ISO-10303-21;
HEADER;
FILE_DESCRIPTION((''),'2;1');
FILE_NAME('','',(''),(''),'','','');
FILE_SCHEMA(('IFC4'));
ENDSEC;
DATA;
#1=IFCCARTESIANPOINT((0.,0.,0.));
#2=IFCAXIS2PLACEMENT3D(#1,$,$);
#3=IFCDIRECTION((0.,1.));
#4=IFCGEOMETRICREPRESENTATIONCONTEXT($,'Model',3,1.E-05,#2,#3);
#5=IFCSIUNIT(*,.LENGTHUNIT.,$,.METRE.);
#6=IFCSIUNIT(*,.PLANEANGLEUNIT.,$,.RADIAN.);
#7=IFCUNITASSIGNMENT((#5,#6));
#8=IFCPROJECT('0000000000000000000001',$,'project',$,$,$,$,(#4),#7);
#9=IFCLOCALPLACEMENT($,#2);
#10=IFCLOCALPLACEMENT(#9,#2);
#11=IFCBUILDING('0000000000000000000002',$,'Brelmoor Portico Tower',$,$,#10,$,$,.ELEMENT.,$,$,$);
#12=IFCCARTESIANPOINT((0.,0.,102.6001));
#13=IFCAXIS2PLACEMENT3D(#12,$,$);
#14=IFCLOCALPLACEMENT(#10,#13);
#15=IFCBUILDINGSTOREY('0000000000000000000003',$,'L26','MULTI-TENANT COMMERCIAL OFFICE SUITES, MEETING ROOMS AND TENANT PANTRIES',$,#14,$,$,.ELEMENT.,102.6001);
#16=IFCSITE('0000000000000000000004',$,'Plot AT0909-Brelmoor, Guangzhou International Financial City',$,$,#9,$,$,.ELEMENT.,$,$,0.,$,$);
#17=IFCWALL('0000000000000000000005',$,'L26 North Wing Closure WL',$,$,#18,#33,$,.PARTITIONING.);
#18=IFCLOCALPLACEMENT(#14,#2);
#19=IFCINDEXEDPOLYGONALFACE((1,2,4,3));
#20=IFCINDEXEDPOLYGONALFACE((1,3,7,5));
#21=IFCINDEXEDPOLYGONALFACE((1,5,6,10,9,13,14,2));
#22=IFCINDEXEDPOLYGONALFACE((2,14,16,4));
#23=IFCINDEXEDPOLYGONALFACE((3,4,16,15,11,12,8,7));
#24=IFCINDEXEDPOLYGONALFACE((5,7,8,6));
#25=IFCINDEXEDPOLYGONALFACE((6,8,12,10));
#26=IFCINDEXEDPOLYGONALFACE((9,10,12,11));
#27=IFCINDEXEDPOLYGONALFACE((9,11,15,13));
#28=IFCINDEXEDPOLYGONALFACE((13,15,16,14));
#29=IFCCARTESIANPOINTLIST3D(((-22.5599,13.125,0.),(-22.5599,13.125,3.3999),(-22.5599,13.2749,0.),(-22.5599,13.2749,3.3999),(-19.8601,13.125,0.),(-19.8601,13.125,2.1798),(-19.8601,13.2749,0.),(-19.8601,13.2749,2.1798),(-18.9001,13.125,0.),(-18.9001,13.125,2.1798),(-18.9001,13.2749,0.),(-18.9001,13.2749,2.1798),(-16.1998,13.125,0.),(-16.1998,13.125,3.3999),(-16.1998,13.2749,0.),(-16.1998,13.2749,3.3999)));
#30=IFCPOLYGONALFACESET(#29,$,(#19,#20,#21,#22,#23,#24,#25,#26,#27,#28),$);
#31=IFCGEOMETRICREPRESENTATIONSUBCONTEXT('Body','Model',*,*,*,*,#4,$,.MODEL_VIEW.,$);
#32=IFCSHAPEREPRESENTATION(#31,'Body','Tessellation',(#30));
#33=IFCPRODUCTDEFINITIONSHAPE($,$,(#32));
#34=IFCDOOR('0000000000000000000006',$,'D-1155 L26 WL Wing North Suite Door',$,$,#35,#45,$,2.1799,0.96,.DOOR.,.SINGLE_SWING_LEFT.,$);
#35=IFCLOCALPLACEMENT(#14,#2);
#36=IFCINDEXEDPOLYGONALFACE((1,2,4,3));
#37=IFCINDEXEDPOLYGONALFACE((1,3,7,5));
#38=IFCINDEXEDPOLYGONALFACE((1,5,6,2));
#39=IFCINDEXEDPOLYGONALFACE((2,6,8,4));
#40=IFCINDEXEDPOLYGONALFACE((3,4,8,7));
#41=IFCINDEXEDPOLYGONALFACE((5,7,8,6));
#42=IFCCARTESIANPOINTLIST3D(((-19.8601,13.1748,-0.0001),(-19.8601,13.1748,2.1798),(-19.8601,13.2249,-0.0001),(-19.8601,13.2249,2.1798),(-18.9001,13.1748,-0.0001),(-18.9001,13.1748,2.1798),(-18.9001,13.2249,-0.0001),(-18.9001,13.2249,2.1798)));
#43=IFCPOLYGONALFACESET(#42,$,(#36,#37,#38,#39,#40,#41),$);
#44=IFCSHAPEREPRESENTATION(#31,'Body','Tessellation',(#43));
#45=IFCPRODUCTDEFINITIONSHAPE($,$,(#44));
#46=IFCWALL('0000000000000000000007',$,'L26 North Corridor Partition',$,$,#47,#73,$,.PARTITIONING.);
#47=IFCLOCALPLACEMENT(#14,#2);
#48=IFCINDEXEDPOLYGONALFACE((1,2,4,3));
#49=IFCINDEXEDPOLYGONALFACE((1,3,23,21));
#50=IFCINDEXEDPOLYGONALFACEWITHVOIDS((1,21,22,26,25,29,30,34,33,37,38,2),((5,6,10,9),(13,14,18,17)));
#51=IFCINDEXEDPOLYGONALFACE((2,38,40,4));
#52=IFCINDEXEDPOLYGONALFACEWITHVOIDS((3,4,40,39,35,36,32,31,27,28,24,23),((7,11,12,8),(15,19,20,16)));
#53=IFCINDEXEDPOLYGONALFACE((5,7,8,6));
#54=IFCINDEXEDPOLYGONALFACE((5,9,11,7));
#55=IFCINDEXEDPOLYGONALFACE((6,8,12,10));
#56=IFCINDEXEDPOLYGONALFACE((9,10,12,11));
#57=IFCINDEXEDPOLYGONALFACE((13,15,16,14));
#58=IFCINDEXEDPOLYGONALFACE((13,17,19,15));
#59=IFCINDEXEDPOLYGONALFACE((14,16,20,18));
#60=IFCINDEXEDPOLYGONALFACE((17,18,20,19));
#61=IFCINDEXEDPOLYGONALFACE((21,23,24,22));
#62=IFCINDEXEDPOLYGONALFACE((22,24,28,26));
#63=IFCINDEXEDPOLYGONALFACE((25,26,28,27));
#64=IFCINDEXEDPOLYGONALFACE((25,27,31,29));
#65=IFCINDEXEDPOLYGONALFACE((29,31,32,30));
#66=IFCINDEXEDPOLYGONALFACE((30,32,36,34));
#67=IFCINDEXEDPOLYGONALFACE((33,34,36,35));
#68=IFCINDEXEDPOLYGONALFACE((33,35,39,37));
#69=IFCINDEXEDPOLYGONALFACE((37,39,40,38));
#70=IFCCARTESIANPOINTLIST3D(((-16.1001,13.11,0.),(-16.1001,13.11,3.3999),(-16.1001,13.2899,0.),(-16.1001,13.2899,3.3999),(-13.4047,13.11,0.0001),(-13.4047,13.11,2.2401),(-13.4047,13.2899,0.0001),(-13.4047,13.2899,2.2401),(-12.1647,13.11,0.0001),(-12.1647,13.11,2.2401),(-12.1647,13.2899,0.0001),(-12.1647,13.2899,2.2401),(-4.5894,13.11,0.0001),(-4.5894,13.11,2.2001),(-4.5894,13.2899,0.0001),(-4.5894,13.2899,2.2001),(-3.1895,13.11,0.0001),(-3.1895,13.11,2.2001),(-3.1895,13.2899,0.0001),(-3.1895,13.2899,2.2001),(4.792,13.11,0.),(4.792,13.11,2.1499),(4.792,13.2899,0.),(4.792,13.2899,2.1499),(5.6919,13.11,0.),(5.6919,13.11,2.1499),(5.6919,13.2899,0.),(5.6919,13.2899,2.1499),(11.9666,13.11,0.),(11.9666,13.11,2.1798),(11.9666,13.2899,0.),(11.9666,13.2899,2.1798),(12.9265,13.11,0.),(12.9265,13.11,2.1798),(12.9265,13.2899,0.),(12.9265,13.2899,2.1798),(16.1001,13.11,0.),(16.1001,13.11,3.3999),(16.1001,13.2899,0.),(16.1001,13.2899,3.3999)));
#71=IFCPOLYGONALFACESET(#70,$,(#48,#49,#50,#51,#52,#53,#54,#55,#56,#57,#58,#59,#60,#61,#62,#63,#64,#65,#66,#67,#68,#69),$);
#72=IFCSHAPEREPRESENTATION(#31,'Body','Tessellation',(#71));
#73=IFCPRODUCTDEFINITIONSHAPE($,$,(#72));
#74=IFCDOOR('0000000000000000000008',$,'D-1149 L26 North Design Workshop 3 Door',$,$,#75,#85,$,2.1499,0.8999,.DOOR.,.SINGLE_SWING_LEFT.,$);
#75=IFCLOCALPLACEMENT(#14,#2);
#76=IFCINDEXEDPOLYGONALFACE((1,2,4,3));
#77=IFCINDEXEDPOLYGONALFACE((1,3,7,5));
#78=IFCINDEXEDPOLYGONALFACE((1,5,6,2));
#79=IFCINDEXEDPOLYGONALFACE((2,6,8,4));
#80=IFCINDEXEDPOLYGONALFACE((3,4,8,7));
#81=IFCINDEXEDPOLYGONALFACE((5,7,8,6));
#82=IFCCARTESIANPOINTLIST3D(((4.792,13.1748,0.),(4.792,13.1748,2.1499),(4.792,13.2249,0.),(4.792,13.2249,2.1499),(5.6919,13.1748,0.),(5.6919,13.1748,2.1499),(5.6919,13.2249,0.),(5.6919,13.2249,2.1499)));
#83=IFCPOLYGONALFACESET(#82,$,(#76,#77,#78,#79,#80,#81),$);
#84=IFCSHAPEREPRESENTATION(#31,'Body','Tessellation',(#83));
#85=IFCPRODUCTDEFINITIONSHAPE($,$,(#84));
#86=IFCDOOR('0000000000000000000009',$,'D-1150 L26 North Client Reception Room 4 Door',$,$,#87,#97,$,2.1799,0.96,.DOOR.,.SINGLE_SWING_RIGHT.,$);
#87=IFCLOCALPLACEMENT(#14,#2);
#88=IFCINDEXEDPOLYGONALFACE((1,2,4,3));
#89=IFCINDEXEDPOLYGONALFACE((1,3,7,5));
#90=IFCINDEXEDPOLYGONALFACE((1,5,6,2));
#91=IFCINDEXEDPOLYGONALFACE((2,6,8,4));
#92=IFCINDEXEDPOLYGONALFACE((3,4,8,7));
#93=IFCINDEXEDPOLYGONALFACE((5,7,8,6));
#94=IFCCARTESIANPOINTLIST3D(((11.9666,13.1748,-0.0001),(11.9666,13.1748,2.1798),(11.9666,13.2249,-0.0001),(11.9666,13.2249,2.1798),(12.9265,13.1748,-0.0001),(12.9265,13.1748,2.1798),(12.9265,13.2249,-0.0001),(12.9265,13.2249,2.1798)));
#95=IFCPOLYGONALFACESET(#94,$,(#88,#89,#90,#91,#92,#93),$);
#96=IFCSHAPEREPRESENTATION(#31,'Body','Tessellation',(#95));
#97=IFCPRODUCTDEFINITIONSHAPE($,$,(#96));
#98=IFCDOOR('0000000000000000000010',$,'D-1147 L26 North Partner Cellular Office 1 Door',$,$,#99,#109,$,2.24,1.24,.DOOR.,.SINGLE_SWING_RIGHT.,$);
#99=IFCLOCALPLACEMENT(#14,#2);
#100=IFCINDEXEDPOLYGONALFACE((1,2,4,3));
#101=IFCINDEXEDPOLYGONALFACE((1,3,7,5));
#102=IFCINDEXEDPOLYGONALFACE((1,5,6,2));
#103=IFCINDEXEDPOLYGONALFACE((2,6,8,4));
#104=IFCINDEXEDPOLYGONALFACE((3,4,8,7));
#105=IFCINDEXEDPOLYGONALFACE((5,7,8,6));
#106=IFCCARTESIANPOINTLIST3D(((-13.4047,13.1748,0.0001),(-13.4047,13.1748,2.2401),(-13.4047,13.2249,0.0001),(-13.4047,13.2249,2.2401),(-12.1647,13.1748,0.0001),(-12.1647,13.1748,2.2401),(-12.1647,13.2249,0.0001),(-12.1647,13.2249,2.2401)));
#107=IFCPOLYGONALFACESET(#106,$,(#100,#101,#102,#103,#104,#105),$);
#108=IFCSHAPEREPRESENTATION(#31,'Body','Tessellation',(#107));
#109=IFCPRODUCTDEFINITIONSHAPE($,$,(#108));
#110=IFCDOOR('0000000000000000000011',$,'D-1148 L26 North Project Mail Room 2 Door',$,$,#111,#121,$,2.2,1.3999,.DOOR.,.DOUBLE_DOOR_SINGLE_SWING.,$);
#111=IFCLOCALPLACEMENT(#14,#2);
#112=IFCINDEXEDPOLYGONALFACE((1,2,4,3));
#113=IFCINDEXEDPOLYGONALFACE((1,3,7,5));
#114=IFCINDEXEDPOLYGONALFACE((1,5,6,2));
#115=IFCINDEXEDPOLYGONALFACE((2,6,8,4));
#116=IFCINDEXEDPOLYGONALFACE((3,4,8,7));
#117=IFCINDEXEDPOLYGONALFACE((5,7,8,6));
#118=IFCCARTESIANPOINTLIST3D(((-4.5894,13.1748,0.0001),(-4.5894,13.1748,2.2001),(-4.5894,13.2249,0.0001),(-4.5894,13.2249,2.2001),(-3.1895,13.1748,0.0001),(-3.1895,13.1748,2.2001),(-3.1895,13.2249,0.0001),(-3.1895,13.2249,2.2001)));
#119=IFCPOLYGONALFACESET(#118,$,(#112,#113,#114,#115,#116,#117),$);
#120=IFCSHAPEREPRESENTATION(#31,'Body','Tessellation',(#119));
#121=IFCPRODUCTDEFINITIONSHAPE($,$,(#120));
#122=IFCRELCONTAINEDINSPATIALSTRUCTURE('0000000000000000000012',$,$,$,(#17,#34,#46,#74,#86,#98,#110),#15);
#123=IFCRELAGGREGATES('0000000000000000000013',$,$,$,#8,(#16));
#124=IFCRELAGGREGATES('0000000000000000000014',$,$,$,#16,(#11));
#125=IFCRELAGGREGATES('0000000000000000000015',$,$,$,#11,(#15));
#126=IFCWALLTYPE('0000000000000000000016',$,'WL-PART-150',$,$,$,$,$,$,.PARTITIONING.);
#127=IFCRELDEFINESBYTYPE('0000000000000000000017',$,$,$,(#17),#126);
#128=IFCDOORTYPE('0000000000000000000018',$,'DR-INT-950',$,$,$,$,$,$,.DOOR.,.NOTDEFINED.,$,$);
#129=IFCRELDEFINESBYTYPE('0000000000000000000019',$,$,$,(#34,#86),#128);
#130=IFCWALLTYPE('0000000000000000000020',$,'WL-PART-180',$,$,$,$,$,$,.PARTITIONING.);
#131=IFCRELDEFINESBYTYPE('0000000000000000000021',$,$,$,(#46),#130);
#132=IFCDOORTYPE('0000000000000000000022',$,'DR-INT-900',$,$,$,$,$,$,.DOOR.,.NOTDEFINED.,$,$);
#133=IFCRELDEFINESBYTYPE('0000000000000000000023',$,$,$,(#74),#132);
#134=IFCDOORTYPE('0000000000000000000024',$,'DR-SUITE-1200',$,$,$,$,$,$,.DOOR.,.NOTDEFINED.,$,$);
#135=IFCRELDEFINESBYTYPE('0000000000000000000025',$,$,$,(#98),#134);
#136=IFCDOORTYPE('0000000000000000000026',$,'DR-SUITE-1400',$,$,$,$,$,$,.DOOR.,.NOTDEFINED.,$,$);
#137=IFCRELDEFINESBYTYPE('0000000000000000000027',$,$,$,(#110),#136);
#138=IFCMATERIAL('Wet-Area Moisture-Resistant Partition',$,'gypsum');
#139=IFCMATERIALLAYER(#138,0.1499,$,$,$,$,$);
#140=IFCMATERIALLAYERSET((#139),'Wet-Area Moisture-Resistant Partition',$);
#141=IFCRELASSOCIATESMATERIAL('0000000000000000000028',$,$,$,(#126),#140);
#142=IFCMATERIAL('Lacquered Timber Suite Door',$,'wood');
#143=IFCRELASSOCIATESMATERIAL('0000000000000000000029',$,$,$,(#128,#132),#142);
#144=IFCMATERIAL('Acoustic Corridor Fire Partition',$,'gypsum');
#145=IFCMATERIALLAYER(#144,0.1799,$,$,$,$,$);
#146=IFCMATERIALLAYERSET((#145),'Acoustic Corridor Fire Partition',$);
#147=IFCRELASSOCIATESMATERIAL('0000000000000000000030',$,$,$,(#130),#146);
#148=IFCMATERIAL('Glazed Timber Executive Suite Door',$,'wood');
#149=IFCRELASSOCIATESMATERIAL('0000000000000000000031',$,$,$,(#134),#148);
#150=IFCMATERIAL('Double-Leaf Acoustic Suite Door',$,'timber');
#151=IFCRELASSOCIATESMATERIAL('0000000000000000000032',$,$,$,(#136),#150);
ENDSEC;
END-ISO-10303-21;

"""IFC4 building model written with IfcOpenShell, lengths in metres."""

from ifc_helpers import new_model, si_unit, direction, frame, frame_2d, origin, place, context, subcontext, project, spatial, rectangle, extrude, material, layer, layer_set, type_object, element, fill, save


model = new_model("IFC4")

# Units and contexts
model_context = context("Model", 3, precision=1e-05, world=origin(), true_north=direction((0.0, 1.0)))
body_context = subcontext(model_context, "Body", "Model", "MODEL_VIEW")
ifc_project = project(units=[si_unit("LENGTHUNIT", "METRE"), si_unit("PLANEANGLEUNIT", "RADIAN")], contexts=[model_context])

# Site, building, storey
site_placement = place(None, origin())
site = spatial("IfcSite", under=ifc_project, at=site_placement, Name="Plot AT0909-Brelmoor, Guangzhou International Financial City", CompositionType="ELEMENT", RefElevation=0.0)
building_placement = place(site_placement, origin())
building = spatial("IfcBuilding", under=site, at=building_placement, Name="Brelmoor Portico Tower", CompositionType="ELEMENT")
storey_placement = place(building_placement, frame((0.0, 0.0, 102.6001)))
storey = spatial("IfcBuildingStorey", under=building, at=storey_placement, Name="L26", Description="MULTI-TENANT COMMERCIAL OFFICE SUITES, MEETING ROOMS AND TENANT PANTRIES", CompositionType="ELEMENT", Elevation=102.6001)

# Wall, opening, door
ifc_material_1 = material(Name="Wet-Area Moisture-Resistant Partition", Category="gypsum")
ifc_layer_1 = layer(ifc_material_1, 0.1499)
ifc_layer_set_1 = layer_set([ifc_layer_1], Name="Wet-Area Moisture-Resistant Partition")
wall_type_1 = type_object("IfcWallType", Name="WL-PART-150", PredefinedType="PARTITIONING", material=ifc_layer_set_1)
wall_1_placement = place(storey_placement, frame((-22.5601, 13.2, 0.0), z_axis=(0.0, 0.0, 1.0), x_axis=(1.0, 0.0, 0.0)))
wall_1 = element("IfcWall", 1, at=wall_1_placement, inside=storey, type_object=wall_type_1, Name="L26 North Wing Closure WL", PredefinedType="PARTITIONING", context=body_context, shape_type="SweptSolid", body=[
    extrude(rectangle(XDim=6.3601, YDim=0.1499, at=frame_2d((3.1802, 0.0))), origin(), (0.0, 0.0, 1.0), 3.3999),
])
opening_1_placement = place(wall_1_placement, frame((2.7, 0.0, 0.0)))
opening_1 = element("IfcOpeningElement", 2, at=opening_1_placement, cuts=wall_1, PredefinedType="OPENING", context=body_context, shape_type="SweptSolid", body=[
    extrude(rectangle(XDim=0.96, YDim=2.1799, at=frame_2d((0.48, 1.0898))), frame((0.0, 0.085, 0.0), z_axis=(0.0, -1.0, 0.0), x_axis=(1.0, 0.0, 0.0)), (0.0, 0.0, 1.0), 0.1699),
])
ifc_material_2 = material(Name="Lacquered Timber Suite Door", Category="wood")
door_type_1 = type_object("IfcDoorType", Name="DR-INT-950", OperationType="NOTDEFINED", PredefinedType="DOOR", material=ifc_material_2)
door_1_placement = place(opening_1_placement, origin())
door_1 = element("IfcDoor", 3, at=door_1_placement, inside=storey, type_object=door_type_1, Name="D-1155 L26 WL Wing North Suite Door", OperationType="SINGLE_SWING_LEFT", OverallHeight=2.1799, OverallWidth=0.96, PredefinedType="DOOR", context=body_context, shape_type="SweptSolid", body=[
    extrude(rectangle(XDim=0.96, YDim=2.1799, at=frame_2d((0.48, 1.0898))), frame((0.0, 0.0249, 0.0), z_axis=(0.0, -1.0, 0.0), x_axis=(1.0, 0.0, 0.0)), (0.0, 0.0, 1.0), 0.05),
])
fill(opening_1, door_1)

# Wall, openings, doors
ifc_material_3 = material(Name="Acoustic Corridor Fire Partition", Category="gypsum")
ifc_layer_2 = layer(ifc_material_3, 0.1799)
ifc_layer_set_2 = layer_set([ifc_layer_2], Name="Acoustic Corridor Fire Partition")
wall_type_2 = type_object("IfcWallType", Name="WL-PART-180", PredefinedType="PARTITIONING", material=ifc_layer_set_2)
wall_2_placement = place(storey_placement, frame((-16.1001, 13.2, 0.0), z_axis=(0.0, 0.0, 1.0), x_axis=(1.0, 0.0, 0.0)))
wall_2 = element("IfcWall", 4, at=wall_2_placement, inside=storey, type_object=wall_type_2, Name="L26 North Corridor Partition", PredefinedType="PARTITIONING", context=body_context, shape_type="SweptSolid", body=[
    extrude(rectangle(XDim=32.2002, YDim=0.1799, at=frame_2d((16.1001, 0.0))), origin(), (0.0, 0.0, 1.0), 3.3999),
])
opening_2_placement = place(wall_2_placement, frame((2.6953, 0.0, 0.0)))
opening_2 = element("IfcOpeningElement", 5, at=opening_2_placement, cuts=wall_2, PredefinedType="OPENING", context=body_context, shape_type="SweptSolid", body=[
    extrude(rectangle(XDim=1.24, YDim=2.24, at=frame_2d((0.6201, 1.1201))), frame((0.0, 0.0999, 0.0), z_axis=(0.0, -1.0, 0.0), x_axis=(1.0, 0.0, 0.0)), (0.0, 0.0, 1.0), 0.2),
])
opening_3_placement = place(wall_2_placement, frame((11.5107, 0.0, 0.0)))
opening_3 = element("IfcOpeningElement", 6, at=opening_3_placement, cuts=wall_2, PredefinedType="OPENING", context=body_context, shape_type="SweptSolid", body=[
    extrude(rectangle(XDim=1.3999, YDim=2.2, at=frame_2d((0.7, 1.1001))), frame((0.0, 0.0999, 0.0), z_axis=(0.0, -1.0, 0.0), x_axis=(1.0, 0.0, 0.0)), (0.0, 0.0, 1.0), 0.2),
])
opening_4_placement = place(wall_2_placement, frame((20.8921, 0.0, 0.0)))
opening_4 = element("IfcOpeningElement", 7, at=opening_4_placement, cuts=wall_2, PredefinedType="OPENING", context=body_context, shape_type="SweptSolid", body=[
    extrude(rectangle(XDim=0.8999, YDim=2.1499, at=frame_2d((0.45, 1.075))), frame((0.0, 0.0999, 0.0), z_axis=(0.0, -1.0, 0.0), x_axis=(1.0, 0.0, 0.0)), (0.0, 0.0, 1.0), 0.2),
])
opening_5_placement = place(wall_2_placement, frame((28.0667, 0.0, 0.0)))
opening_5 = element("IfcOpeningElement", 8, at=opening_5_placement, cuts=wall_2, PredefinedType="OPENING", context=body_context, shape_type="SweptSolid", body=[
    extrude(rectangle(XDim=0.96, YDim=2.1799, at=frame_2d((0.48, 1.0898))), frame((0.0, 0.0999, 0.0), z_axis=(0.0, -1.0, 0.0), x_axis=(1.0, 0.0, 0.0)), (0.0, 0.0, 1.0), 0.2),
])
door_type_2 = type_object("IfcDoorType", Name="DR-INT-900", OperationType="NOTDEFINED", PredefinedType="DOOR", material=ifc_material_2)
door_2_placement = place(opening_4_placement, origin())
door_2 = element("IfcDoor", 9, at=door_2_placement, inside=storey, type_object=door_type_2, Name="D-1149 L26 North Design Workshop 3 Door", OperationType="SINGLE_SWING_LEFT", OverallHeight=2.1499, OverallWidth=0.8999, PredefinedType="DOOR", context=body_context, shape_type="SweptSolid", body=[
    extrude(rectangle(XDim=0.8999, YDim=2.1499, at=frame_2d((0.45, 1.075))), frame((0.0, 0.0249, 0.0), z_axis=(0.0, -1.0, 0.0), x_axis=(1.0, 0.0, 0.0)), (0.0, 0.0, 1.0), 0.05),
])
fill(opening_4, door_2)
door_3_placement = place(opening_5_placement, origin())
door_3 = element("IfcDoor", 10, at=door_3_placement, inside=storey, type_object=door_type_1, Name="D-1150 L26 North Client Reception Room 4 Door", OperationType="SINGLE_SWING_RIGHT", OverallHeight=2.1799, OverallWidth=0.96, PredefinedType="DOOR", context=body_context, shape_type="SweptSolid", body=[
    extrude(rectangle(XDim=0.96, YDim=2.1799, at=frame_2d((0.48, 1.0898))), frame((0.0, 0.0249, 0.0), z_axis=(0.0, -1.0, 0.0), x_axis=(1.0, 0.0, 0.0)), (0.0, 0.0, 1.0), 0.05),
])
fill(opening_5, door_3)
ifc_material_4 = material(Name="Glazed Timber Executive Suite Door", Category="wood")
door_type_3 = type_object("IfcDoorType", Name="DR-SUITE-1200", OperationType="NOTDEFINED", PredefinedType="DOOR", material=ifc_material_4)
door_4_placement = place(opening_2_placement, origin())
door_4 = element("IfcDoor", 11, at=door_4_placement, inside=storey, type_object=door_type_3, Name="D-1147 L26 North Partner Cellular Office 1 Door", OperationType="SINGLE_SWING_RIGHT", OverallHeight=2.24, OverallWidth=1.24, PredefinedType="DOOR", context=body_context, shape_type="SweptSolid", body=[
    extrude(rectangle(XDim=1.24, YDim=2.24, at=frame_2d((0.6201, 1.1201))), frame((0.0, 0.0249, 0.0), z_axis=(0.0, -1.0, 0.0), x_axis=(1.0, 0.0, 0.0)), (0.0, 0.0, 1.0), 0.05),
])
fill(opening_2, door_4)
ifc_material_5 = material(Name="Double-Leaf Acoustic Suite Door", Category="timber")
door_type_4 = type_object("IfcDoorType", Name="DR-SUITE-1400", OperationType="NOTDEFINED", PredefinedType="DOOR", material=ifc_material_5)
door_5_placement = place(opening_3_placement, origin())
door_5 = element("IfcDoor", 12, at=door_5_placement, inside=storey, type_object=door_type_4, Name="D-1148 L26 North Project Mail Room 2 Door", OperationType="DOUBLE_DOOR_SINGLE_SWING", OverallHeight=2.2, OverallWidth=1.3999, PredefinedType="DOOR", context=body_context, shape_type="SweptSolid", body=[
    extrude(rectangle(XDim=1.3999, YDim=2.2, at=frame_2d((0.7, 1.1001))), frame((0.0, 0.0249, 0.0), z_axis=(0.0, -1.0, 0.0), x_axis=(1.0, 0.0, 0.0)), (0.0, 0.0, 1.0), 0.05),
])
fill(opening_3, door_5)

save(model, "model.ifc")
